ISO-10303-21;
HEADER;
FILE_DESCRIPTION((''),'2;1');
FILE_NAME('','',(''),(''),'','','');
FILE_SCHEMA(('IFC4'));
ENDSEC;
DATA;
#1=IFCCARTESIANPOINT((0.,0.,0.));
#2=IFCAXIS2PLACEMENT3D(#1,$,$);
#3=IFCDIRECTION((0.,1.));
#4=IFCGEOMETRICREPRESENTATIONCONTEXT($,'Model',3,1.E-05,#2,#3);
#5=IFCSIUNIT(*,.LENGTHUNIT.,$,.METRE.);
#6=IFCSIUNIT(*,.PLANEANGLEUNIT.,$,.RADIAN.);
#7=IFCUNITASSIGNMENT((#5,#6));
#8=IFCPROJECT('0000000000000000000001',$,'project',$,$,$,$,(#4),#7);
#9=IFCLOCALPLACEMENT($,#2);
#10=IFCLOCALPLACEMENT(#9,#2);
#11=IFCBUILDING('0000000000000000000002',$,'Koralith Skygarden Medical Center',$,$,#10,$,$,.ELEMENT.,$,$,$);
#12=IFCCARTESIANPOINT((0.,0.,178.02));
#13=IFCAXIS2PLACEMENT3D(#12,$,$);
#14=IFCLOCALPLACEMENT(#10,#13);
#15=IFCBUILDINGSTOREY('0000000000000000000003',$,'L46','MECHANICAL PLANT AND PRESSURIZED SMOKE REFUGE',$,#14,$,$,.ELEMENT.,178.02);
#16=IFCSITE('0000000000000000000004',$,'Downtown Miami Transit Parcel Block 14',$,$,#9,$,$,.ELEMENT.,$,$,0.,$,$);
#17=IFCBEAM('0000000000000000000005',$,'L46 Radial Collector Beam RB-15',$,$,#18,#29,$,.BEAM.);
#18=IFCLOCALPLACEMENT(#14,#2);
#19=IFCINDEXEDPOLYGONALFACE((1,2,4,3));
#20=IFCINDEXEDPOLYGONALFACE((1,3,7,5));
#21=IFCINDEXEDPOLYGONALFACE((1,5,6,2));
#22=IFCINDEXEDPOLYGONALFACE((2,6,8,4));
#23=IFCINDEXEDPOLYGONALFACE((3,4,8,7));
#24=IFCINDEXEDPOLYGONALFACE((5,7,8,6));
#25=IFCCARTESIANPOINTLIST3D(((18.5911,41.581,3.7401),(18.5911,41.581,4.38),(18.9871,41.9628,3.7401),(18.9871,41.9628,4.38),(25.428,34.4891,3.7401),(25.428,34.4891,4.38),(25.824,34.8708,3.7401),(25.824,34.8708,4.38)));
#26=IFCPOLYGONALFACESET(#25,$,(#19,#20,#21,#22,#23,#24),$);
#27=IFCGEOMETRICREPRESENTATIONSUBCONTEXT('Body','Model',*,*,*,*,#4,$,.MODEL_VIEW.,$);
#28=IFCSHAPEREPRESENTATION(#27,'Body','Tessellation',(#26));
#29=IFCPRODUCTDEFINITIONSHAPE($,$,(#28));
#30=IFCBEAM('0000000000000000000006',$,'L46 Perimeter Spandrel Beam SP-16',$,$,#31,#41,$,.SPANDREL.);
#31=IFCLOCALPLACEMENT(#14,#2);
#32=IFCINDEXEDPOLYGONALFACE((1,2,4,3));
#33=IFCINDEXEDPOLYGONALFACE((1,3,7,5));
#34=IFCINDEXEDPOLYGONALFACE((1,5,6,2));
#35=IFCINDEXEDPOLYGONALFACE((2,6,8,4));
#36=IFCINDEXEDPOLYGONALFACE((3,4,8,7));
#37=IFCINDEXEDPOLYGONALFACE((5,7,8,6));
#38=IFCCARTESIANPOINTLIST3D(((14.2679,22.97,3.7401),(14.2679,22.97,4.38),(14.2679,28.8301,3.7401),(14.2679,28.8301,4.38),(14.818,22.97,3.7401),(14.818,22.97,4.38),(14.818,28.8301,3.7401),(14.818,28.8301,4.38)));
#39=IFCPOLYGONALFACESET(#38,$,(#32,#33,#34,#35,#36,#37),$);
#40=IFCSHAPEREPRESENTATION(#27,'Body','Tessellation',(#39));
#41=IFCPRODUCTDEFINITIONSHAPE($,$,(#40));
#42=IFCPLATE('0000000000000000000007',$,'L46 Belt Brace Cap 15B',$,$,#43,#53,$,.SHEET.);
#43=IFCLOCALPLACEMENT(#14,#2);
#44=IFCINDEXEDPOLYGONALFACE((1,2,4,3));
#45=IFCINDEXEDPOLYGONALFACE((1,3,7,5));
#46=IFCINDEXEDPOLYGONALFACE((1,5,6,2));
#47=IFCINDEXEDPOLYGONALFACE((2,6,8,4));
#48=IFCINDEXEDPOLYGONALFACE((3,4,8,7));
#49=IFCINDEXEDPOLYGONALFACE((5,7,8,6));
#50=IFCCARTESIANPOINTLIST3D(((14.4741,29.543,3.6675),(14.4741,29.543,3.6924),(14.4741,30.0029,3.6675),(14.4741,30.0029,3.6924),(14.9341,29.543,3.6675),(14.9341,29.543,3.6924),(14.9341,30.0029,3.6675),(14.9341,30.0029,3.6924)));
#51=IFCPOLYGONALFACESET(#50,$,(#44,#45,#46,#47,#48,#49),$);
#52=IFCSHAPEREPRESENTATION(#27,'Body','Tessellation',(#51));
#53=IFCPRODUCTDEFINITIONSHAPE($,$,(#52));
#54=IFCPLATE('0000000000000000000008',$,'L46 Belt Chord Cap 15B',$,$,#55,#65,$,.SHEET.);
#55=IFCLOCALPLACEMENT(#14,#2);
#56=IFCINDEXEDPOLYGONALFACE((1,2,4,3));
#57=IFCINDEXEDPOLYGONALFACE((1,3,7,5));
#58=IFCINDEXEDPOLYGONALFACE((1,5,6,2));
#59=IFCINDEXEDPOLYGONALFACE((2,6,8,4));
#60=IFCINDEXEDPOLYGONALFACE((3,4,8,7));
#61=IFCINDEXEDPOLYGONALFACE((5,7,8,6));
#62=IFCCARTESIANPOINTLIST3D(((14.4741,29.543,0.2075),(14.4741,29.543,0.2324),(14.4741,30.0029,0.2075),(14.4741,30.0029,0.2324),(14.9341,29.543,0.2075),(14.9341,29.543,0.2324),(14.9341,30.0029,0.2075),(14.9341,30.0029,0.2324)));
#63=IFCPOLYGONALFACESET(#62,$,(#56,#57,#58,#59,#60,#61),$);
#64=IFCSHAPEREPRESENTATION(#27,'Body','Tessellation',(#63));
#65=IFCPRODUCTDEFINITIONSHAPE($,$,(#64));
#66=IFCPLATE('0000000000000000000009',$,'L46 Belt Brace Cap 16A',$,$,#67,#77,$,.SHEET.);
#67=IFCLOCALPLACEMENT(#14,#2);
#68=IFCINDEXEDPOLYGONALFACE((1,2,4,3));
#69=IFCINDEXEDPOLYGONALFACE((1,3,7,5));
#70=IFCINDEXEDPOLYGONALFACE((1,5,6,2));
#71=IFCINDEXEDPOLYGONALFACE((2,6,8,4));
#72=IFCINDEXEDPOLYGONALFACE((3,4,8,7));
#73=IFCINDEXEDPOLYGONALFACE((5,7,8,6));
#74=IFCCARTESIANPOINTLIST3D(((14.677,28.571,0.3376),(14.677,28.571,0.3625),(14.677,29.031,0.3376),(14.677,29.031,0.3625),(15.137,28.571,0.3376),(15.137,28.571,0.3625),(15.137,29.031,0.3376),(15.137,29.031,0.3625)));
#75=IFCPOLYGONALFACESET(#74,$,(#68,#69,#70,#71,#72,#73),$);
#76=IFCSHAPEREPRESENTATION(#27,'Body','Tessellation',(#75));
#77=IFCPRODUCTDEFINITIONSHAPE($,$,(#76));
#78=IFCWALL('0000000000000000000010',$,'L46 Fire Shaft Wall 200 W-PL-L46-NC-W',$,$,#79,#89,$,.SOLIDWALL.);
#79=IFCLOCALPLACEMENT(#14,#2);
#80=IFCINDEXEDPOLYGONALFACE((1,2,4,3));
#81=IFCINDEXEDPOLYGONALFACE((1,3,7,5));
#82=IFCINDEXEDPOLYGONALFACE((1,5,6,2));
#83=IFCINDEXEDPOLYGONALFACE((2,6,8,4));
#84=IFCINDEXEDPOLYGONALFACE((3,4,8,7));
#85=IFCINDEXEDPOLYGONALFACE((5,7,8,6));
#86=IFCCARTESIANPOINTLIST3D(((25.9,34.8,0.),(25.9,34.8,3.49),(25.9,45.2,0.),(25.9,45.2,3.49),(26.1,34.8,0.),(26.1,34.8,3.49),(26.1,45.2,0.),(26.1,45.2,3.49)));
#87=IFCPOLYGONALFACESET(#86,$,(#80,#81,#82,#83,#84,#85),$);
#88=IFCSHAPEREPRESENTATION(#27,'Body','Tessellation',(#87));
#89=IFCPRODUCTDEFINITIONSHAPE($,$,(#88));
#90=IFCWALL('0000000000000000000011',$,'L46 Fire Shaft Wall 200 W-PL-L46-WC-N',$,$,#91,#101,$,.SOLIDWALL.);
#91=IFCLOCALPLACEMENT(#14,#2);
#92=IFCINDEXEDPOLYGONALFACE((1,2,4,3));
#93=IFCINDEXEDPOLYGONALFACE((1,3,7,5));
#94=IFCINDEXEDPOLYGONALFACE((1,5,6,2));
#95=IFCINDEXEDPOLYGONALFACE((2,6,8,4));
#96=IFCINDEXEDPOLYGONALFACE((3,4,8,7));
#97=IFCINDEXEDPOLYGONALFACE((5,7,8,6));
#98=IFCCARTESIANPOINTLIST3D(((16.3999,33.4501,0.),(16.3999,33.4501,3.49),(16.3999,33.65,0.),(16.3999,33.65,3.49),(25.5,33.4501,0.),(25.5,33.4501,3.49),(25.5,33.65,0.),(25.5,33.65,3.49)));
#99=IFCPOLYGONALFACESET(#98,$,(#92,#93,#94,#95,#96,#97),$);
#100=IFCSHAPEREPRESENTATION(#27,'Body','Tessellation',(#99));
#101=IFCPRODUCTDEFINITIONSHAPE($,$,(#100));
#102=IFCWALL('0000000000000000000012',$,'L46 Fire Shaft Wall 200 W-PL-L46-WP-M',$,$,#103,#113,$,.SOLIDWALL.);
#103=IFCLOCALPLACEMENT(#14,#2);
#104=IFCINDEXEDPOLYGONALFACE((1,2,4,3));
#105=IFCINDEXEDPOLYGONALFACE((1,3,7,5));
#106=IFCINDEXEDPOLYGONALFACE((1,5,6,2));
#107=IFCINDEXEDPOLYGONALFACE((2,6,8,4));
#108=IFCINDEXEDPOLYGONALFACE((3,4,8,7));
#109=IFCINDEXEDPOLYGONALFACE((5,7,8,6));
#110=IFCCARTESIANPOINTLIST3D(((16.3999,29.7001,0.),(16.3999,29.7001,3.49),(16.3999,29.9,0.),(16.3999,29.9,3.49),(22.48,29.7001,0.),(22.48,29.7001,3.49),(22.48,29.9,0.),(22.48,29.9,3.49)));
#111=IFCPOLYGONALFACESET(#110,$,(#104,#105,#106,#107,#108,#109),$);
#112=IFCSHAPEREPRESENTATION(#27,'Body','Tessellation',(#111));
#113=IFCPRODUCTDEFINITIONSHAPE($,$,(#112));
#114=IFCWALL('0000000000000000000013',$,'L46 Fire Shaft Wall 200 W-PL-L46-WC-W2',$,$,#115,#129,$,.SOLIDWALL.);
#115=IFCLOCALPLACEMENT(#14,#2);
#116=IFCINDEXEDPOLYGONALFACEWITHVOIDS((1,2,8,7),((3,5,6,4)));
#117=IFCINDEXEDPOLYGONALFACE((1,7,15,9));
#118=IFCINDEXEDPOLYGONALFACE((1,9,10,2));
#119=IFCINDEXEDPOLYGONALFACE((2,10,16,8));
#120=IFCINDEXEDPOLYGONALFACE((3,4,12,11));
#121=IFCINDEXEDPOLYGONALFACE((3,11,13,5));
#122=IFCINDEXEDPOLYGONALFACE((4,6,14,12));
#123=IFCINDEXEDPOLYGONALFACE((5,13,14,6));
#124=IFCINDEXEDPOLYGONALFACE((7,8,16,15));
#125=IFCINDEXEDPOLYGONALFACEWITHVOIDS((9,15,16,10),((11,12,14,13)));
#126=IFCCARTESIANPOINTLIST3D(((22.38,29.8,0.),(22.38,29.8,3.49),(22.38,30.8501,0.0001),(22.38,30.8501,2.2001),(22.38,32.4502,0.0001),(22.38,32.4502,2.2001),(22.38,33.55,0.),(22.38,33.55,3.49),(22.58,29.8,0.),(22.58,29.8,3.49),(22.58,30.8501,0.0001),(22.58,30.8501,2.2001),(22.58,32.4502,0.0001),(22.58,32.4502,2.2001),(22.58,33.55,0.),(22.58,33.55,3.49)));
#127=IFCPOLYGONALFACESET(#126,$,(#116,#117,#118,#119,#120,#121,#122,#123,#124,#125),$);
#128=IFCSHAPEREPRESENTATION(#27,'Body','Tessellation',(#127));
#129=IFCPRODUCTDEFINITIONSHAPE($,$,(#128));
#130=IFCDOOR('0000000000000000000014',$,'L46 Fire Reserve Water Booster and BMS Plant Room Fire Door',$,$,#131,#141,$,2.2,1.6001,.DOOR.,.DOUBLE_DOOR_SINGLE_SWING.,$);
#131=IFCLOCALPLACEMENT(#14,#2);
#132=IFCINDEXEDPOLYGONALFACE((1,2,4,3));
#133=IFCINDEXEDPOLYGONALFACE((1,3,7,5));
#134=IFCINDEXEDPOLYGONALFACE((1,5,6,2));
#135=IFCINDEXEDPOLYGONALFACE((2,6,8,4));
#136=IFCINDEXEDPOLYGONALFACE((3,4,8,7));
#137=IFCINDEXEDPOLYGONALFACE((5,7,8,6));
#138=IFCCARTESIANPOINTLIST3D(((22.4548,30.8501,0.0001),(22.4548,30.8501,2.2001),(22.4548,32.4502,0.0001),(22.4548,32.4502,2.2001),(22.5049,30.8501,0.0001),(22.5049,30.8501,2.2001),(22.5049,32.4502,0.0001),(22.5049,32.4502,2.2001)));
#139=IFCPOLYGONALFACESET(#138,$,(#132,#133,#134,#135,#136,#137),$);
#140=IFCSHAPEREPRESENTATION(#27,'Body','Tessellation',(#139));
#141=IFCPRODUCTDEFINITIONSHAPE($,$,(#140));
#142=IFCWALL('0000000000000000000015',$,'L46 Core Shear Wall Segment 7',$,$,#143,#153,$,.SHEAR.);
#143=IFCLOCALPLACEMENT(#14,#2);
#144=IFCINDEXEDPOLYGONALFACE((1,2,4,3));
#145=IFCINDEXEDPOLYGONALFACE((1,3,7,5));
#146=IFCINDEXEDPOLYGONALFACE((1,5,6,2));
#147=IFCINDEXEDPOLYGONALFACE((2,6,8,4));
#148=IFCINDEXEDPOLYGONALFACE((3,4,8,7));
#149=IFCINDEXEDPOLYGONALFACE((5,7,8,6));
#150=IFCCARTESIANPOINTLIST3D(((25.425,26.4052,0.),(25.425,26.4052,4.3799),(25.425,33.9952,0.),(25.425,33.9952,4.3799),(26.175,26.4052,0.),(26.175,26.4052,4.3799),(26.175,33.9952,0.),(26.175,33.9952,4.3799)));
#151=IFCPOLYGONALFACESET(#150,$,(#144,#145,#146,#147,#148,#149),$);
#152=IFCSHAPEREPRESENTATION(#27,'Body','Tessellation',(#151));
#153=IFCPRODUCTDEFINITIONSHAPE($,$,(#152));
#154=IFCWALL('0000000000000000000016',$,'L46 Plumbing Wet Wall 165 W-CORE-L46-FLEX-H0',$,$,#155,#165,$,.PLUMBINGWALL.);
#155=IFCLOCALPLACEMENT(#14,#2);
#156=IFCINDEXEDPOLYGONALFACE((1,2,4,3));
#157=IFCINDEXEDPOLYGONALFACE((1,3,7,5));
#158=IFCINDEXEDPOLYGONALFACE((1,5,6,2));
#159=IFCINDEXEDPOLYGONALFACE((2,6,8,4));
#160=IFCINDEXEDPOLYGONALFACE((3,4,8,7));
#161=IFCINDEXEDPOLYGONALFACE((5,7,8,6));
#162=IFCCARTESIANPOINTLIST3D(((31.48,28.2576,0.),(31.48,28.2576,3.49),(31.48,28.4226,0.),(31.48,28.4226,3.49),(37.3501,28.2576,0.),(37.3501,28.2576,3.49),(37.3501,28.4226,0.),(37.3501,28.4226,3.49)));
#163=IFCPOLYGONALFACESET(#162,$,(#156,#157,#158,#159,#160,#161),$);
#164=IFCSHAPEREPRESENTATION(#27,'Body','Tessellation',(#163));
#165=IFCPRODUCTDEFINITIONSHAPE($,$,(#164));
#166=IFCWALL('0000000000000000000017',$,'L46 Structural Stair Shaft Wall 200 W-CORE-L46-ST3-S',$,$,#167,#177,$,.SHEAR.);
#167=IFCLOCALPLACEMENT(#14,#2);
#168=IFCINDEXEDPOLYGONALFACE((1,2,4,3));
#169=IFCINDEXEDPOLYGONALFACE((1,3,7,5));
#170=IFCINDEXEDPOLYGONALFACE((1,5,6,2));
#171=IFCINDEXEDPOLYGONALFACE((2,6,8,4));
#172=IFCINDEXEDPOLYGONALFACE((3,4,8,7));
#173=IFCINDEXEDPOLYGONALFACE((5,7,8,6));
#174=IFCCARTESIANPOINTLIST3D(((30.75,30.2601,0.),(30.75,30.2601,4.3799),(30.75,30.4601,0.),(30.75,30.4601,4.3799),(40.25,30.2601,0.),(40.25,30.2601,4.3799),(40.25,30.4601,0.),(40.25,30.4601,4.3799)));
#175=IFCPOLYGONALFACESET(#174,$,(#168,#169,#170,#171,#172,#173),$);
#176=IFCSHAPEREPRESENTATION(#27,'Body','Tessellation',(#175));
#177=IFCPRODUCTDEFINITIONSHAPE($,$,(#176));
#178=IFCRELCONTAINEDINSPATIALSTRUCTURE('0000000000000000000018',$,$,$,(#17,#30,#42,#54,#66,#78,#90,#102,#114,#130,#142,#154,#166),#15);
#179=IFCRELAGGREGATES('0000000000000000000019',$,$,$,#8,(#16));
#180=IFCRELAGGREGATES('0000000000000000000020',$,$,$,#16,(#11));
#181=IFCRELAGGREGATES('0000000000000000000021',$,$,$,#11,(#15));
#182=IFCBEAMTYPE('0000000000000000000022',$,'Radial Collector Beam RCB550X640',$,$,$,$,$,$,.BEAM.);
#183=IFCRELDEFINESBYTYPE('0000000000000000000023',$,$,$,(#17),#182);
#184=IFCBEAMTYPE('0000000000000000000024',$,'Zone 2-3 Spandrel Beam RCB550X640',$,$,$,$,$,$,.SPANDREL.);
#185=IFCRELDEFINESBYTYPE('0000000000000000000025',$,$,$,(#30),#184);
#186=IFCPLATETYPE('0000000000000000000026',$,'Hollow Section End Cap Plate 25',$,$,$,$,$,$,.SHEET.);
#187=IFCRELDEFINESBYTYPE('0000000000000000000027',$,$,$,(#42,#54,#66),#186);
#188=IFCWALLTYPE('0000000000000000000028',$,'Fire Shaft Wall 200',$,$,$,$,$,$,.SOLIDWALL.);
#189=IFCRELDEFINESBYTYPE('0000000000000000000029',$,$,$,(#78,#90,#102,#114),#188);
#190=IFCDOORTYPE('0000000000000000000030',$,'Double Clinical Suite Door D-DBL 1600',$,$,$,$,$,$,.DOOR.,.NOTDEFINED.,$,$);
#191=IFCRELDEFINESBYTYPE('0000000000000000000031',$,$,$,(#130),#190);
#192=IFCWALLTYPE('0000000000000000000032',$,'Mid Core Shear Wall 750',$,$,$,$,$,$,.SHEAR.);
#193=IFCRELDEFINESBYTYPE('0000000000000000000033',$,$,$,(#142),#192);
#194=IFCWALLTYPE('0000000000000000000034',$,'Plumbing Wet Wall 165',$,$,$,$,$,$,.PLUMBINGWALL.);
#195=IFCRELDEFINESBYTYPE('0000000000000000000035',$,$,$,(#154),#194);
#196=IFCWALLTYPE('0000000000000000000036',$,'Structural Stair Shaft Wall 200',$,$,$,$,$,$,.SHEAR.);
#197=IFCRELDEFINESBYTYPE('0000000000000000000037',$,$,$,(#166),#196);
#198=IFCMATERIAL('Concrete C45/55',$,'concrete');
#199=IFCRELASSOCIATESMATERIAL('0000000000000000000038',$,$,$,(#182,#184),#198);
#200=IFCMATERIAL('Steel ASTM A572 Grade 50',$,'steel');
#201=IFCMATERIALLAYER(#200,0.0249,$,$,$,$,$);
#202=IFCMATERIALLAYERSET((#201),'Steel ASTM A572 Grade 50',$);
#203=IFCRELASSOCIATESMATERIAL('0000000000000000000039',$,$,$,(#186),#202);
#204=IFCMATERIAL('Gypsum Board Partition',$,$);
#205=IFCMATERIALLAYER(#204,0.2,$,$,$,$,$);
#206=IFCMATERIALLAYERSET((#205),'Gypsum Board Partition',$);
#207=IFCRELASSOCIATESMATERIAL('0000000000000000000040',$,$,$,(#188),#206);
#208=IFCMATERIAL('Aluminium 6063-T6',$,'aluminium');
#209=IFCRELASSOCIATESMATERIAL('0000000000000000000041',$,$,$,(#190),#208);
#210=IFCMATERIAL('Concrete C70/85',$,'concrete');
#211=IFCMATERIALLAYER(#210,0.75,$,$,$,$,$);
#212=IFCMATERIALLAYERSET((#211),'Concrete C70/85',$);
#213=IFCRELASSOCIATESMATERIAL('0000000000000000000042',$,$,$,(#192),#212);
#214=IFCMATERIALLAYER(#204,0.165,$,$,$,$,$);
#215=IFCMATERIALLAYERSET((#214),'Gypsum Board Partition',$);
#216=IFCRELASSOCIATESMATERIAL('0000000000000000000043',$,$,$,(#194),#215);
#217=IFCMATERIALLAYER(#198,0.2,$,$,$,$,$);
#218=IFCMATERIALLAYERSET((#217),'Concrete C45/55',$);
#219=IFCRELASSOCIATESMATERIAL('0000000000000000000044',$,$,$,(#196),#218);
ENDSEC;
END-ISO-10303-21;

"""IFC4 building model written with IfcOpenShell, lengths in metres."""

from ifc_helpers import new_model, si_unit, direction, frame, frame_2d, origin, origin_2d, place, context, subcontext, project, spatial, rectangle, extrude, material, layer, layer_set, material_profile, profile_set, type_object, element, fill, save


model = new_model("IFC4")

# Units and contexts
model_context = context("Model", 3, precision=1e-05, world=origin(), true_north=direction((0.0, 1.0)))
body_context = subcontext(model_context, "Body", "Model", "MODEL_VIEW")
ifc_project = project(units=[si_unit("LENGTHUNIT", "METRE"), si_unit("PLANEANGLEUNIT", "RADIAN")], contexts=[model_context])

# Site, building, storey
site_placement = place(None, origin())
site = spatial("IfcSite", under=ifc_project, at=site_placement, Name="Downtown Miami Transit Parcel Block 14", CompositionType="ELEMENT", RefElevation=0.0)
building_placement = place(site_placement, origin())
building = spatial("IfcBuilding", under=site, at=building_placement, Name="Koralith Skygarden Medical Center", CompositionType="ELEMENT")
storey_placement = place(building_placement, frame((0.0, 0.0, 178.02)))
storey = spatial("IfcBuildingStorey", under=building, at=storey_placement, Name="L46", Description="MECHANICAL PLANT AND PRESSURIZED SMOKE REFUGE", CompositionType="ELEMENT", Elevation=178.02)

# Shared definitions
ifc_material_1 = material(Name="Concrete C70/85", Category="concrete")

# Beams
ifc_material_2 = material(Name="Concrete C45/55", Category="concrete")
ifc_material_profile_1 = material_profile(ifc_material_2, rectangle(XDim=0.55, YDim=0.6399, at=origin_2d()), Name="RCB550X640")
ifc_profile_set_1 = profile_set([ifc_material_profile_1], Name="Concrete C45/55")
beam_type_1 = type_object("IfcBeamType", Name="Radial Collector Beam RCB550X640", PredefinedType="BEAM", material=ifc_profile_set_1)
beam_1_placement = place(storey_placement, frame((25.626, 34.6799, 4.0601), z_axis=(-0.694039, 0.719938, 0.0), x_axis=(-0.719938, -0.694039, 0.0)))
element("IfcBeam", 1, at=beam_1_placement, inside=storey, type_object=beam_type_1, Name="L46 Radial Collector Beam RB-15", PredefinedType="BEAM", context=body_context, shape_type="SweptSolid", body=[
    extrude(rectangle(XDim=0.55, YDim=0.6399, at=origin_2d()), origin(), (0.0, 0.0, 1.0), 9.8508),
])
ifc_material_profile_2 = material_profile(ifc_material_2, rectangle(XDim=0.55, YDim=0.6399, at=origin_2d()), Name="RCB550X640")
ifc_profile_set_2 = profile_set([ifc_material_profile_2], Name="Concrete C45/55")
beam_type_2 = type_object("IfcBeamType", Name="Zone 2-3 Spandrel Beam RCB550X640", PredefinedType="SPANDREL", material=ifc_profile_set_2)
beam_2_placement = place(storey_placement, frame((14.543, 28.8301, 4.0601), z_axis=(0.0, -1.0, 0.0), x_axis=(1.0, 0.0, 0.0)))
element("IfcBeam", 2, at=beam_2_placement, inside=storey, type_object=beam_type_2, Name="L46 Perimeter Spandrel Beam SP-16", PredefinedType="SPANDREL", context=body_context, shape_type="SweptSolid", body=[
    extrude(rectangle(XDim=0.55, YDim=0.6399, at=origin_2d()), origin(), (0.0, 0.0, 1.0), 5.8601),
])

# Plates
ifc_material_3 = material(Name="Steel ASTM A572 Grade 50", Category="steel")
ifc_layer_1 = layer(ifc_material_3, 0.0249)
ifc_layer_set_1 = layer_set([ifc_layer_1], Name="Steel ASTM A572 Grade 50")
plate_type = type_object("IfcPlateType", Name="Hollow Section End Cap Plate 25", PredefinedType="SHEET", material=ifc_layer_set_1)
for number, where, z_axis, x_axis, name in (
    (3, (14.7041, 29.7729, 3.6675), (0.0, 0.0, 1.0), (1.0, 0.0, 0.0), "L46 Belt Brace Cap 15B"),
    (4, (14.7041, 29.7729, 0.2075), (0.0, 0.0, 1.0), (1.0, 0.0, 0.0), "L46 Belt Chord Cap 15B"),
    (5, (14.907, 28.801, 0.3376), (0.0, 0.0, 1.0), (1.0, 0.0, 0.0), "L46 Belt Brace Cap 16A"),
):
    element("IfcPlate", number, at=place(storey_placement, frame(where, z_axis=z_axis, x_axis=x_axis)), inside=storey, type_object=plate_type, Name=name, PredefinedType="SHEET", context=body_context, shape_type="SweptSolid", body=[
        extrude(rectangle(XDim=0.46, YDim=0.46, at=origin_2d()), origin(), (0.0, 0.0, 1.0), 0.0249),
    ])

# Walls
ifc_material_4 = material(Name="Gypsum Board Partition")
ifc_layer_2 = layer(ifc_material_4, 0.2)
ifc_layer_set_2 = layer_set([ifc_layer_2], Name="Gypsum Board Partition")
wall_type_1 = type_object("IfcWallType", Name="Fire Shaft Wall 200", PredefinedType="SOLIDWALL", material=ifc_layer_set_2)
wall_1_placement = place(storey_placement, frame((26.0, 34.8, 0.0), z_axis=(0.0, 0.0, 1.0), x_axis=(0.0, 1.0, 0.0)))
element("IfcWall", 6, at=wall_1_placement, inside=storey, type_object=wall_type_1, Name="L46 Fire Shaft Wall 200 W-PL-L46-NC-W", PredefinedType="SOLIDWALL", context=body_context, shape_type="SweptSolid", body=[
    extrude(rectangle(XDim=10.3999, YDim=0.2, at=frame_2d((5.2, 0.0))), origin(), (0.0, 0.0, 1.0), 3.49),
])
wall_2_placement = place(storey_placement, frame((16.3999, 33.55, 0.0), z_axis=(0.0, 0.0, 1.0), x_axis=(1.0, 0.0, 0.0)))
element("IfcWall", 7, at=wall_2_placement, inside=storey, type_object=wall_type_1, Name="L46 Fire Shaft Wall 200 W-PL-L46-WC-N", PredefinedType="SOLIDWALL", context=body_context, shape_type="SweptSolid", body=[
    extrude(rectangle(XDim=9.1001, YDim=0.2, at=frame_2d((4.55, 0.0))), origin(), (0.0, 0.0, 1.0), 3.49),
])
wall_3_placement = place(storey_placement, frame((16.3999, 29.8, 0.0), z_axis=(0.0, 0.0, 1.0), x_axis=(1.0, 0.0, 0.0)))
element("IfcWall", 8, at=wall_3_placement, inside=storey, type_object=wall_type_1, Name="L46 Fire Shaft Wall 200 W-PL-L46-WP-M", PredefinedType="SOLIDWALL", context=body_context, shape_type="SweptSolid", body=[
    extrude(rectangle(XDim=6.0801, YDim=0.2, at=frame_2d((3.04, 0.0))), origin(), (0.0, 0.0, 1.0), 3.49),
])

# Wall, opening, door
wall_4_placement = place(storey_placement, frame((22.48, 29.8, 0.0), z_axis=(0.0, 0.0, 1.0), x_axis=(0.0, 1.0, 0.0)))
wall_4 = element("IfcWall", 9, at=wall_4_placement, inside=storey, type_object=wall_type_1, Name="L46 Fire Shaft Wall 200 W-PL-L46-WC-W2", PredefinedType="SOLIDWALL", context=body_context, shape_type="SweptSolid", body=[
    extrude(rectangle(XDim=3.75, YDim=0.2, at=frame_2d((1.875, 0.0))), origin(), (0.0, 0.0, 1.0), 3.49),
])
opening_placement = place(wall_4_placement, frame((1.05, 0.0, 0.0)))
opening = element("IfcOpeningElement", 10, at=opening_placement, cuts=wall_4, PredefinedType="OPENING", context=body_context, shape_type="SweptSolid", body=[
    extrude(rectangle(XDim=1.6001, YDim=2.2, at=frame_2d((0.8, 1.1001))), frame((0.0, 0.1099, 0.0), z_axis=(0.0, -1.0, 0.0), x_axis=(1.0, 0.0, 0.0)), (0.0, 0.0, 1.0), 0.22),
])
ifc_material_5 = material(Name="Aluminium 6063-T6", Category="aluminium")
door_type = type_object("IfcDoorType", Name="Double Clinical Suite Door D-DBL 1600", OperationType="NOTDEFINED", PredefinedType="DOOR", material=ifc_material_5)
door_placement = place(opening_placement, frame((1.6001, 0.0, 0.0), z_axis=(0.0, 0.0, 1.0), x_axis=(-1.0, 0.0, 0.0)))
door = element("IfcDoor", 11, at=door_placement, inside=storey, type_object=door_type, Name="L46 Fire Reserve Water Booster and BMS Plant Room Fire Door", OperationType="DOUBLE_DOOR_SINGLE_SWING", OverallHeight=2.2, OverallWidth=1.6001, PredefinedType="DOOR", context=body_context, shape_type="SweptSolid", body=[
    extrude(rectangle(XDim=1.6001, YDim=2.2, at=frame_2d((0.8, 1.1001))), frame((0.0, 0.0249, 0.0), z_axis=(0.0, -1.0, 0.0), x_axis=(1.0, 0.0, 0.0)), (0.0, 0.0, 1.0), 0.05),
])
fill(opening, door)

# Walls
ifc_layer_3 = layer(ifc_material_1, 0.75)
ifc_layer_set_3 = layer_set([ifc_layer_3], Name="Concrete C70/85")
wall_type_2 = type_object("IfcWallType", Name="Mid Core Shear Wall 750", PredefinedType="SHEAR", material=ifc_layer_set_3)
wall_5_placement = place(storey_placement, frame((25.8, 33.9951, 0.0), z_axis=(0.0, 0.0, 1.0), x_axis=(0.0, -1.0, 0.0)))
element("IfcWall", 12, at=wall_5_placement, inside=storey, type_object=wall_type_2, Name="L46 Core Shear Wall Segment 7", PredefinedType="SHEAR", context=body_context, shape_type="SweptSolid", body=[
    extrude(rectangle(XDim=7.5901, YDim=0.75, at=frame_2d((3.7949, 0.0))), origin(), (0.0, 0.0, 1.0), 4.3799),
])
ifc_layer_4 = layer(ifc_material_4, 0.165)
ifc_layer_set_4 = layer_set([ifc_layer_4], Name="Gypsum Board Partition")
wall_type_3 = type_object("IfcWallType", Name="Plumbing Wet Wall 165", PredefinedType="PLUMBINGWALL", material=ifc_layer_set_4)
wall_6_placement = place(storey_placement, frame((31.48, 28.3401, 0.0), z_axis=(0.0, 0.0, 1.0), x_axis=(1.0, 0.0, 0.0)))
element("IfcWall", 13, at=wall_6_placement, inside=storey, type_object=wall_type_3, Name="L46 Plumbing Wet Wall 165 W-CORE-L46-FLEX-H0", PredefinedType="PLUMBINGWALL", context=body_context, shape_type="SweptSolid", body=[
    extrude(rectangle(XDim=5.8701, YDim=0.165, at=frame_2d((2.9351, 0.0))), origin(), (0.0, 0.0, 1.0), 3.49),
])
ifc_layer_5 = layer(ifc_material_2, 0.2)
ifc_layer_set_5 = layer_set([ifc_layer_5], Name="Concrete C45/55")
wall_type_4 = type_object("IfcWallType", Name="Structural Stair Shaft Wall 200", PredefinedType="SHEAR", material=ifc_layer_set_5)
wall_7_placement = place(storey_placement, frame((30.75, 30.3601, 0.0), z_axis=(0.0, 0.0, 1.0), x_axis=(1.0, 0.0, 0.0)))
element("IfcWall", 14, at=wall_7_placement, inside=storey, type_object=wall_type_4, Name="L46 Structural Stair Shaft Wall 200 W-CORE-L46-ST3-S", PredefinedType="SHEAR", context=body_context, shape_type="SweptSolid", body=[
    extrude(rectangle(XDim=9.5, YDim=0.2, at=frame_2d((4.75, 0.0))), origin(), (0.0, 0.0, 1.0), 4.3799),
])

save(model, "model.ifc")
